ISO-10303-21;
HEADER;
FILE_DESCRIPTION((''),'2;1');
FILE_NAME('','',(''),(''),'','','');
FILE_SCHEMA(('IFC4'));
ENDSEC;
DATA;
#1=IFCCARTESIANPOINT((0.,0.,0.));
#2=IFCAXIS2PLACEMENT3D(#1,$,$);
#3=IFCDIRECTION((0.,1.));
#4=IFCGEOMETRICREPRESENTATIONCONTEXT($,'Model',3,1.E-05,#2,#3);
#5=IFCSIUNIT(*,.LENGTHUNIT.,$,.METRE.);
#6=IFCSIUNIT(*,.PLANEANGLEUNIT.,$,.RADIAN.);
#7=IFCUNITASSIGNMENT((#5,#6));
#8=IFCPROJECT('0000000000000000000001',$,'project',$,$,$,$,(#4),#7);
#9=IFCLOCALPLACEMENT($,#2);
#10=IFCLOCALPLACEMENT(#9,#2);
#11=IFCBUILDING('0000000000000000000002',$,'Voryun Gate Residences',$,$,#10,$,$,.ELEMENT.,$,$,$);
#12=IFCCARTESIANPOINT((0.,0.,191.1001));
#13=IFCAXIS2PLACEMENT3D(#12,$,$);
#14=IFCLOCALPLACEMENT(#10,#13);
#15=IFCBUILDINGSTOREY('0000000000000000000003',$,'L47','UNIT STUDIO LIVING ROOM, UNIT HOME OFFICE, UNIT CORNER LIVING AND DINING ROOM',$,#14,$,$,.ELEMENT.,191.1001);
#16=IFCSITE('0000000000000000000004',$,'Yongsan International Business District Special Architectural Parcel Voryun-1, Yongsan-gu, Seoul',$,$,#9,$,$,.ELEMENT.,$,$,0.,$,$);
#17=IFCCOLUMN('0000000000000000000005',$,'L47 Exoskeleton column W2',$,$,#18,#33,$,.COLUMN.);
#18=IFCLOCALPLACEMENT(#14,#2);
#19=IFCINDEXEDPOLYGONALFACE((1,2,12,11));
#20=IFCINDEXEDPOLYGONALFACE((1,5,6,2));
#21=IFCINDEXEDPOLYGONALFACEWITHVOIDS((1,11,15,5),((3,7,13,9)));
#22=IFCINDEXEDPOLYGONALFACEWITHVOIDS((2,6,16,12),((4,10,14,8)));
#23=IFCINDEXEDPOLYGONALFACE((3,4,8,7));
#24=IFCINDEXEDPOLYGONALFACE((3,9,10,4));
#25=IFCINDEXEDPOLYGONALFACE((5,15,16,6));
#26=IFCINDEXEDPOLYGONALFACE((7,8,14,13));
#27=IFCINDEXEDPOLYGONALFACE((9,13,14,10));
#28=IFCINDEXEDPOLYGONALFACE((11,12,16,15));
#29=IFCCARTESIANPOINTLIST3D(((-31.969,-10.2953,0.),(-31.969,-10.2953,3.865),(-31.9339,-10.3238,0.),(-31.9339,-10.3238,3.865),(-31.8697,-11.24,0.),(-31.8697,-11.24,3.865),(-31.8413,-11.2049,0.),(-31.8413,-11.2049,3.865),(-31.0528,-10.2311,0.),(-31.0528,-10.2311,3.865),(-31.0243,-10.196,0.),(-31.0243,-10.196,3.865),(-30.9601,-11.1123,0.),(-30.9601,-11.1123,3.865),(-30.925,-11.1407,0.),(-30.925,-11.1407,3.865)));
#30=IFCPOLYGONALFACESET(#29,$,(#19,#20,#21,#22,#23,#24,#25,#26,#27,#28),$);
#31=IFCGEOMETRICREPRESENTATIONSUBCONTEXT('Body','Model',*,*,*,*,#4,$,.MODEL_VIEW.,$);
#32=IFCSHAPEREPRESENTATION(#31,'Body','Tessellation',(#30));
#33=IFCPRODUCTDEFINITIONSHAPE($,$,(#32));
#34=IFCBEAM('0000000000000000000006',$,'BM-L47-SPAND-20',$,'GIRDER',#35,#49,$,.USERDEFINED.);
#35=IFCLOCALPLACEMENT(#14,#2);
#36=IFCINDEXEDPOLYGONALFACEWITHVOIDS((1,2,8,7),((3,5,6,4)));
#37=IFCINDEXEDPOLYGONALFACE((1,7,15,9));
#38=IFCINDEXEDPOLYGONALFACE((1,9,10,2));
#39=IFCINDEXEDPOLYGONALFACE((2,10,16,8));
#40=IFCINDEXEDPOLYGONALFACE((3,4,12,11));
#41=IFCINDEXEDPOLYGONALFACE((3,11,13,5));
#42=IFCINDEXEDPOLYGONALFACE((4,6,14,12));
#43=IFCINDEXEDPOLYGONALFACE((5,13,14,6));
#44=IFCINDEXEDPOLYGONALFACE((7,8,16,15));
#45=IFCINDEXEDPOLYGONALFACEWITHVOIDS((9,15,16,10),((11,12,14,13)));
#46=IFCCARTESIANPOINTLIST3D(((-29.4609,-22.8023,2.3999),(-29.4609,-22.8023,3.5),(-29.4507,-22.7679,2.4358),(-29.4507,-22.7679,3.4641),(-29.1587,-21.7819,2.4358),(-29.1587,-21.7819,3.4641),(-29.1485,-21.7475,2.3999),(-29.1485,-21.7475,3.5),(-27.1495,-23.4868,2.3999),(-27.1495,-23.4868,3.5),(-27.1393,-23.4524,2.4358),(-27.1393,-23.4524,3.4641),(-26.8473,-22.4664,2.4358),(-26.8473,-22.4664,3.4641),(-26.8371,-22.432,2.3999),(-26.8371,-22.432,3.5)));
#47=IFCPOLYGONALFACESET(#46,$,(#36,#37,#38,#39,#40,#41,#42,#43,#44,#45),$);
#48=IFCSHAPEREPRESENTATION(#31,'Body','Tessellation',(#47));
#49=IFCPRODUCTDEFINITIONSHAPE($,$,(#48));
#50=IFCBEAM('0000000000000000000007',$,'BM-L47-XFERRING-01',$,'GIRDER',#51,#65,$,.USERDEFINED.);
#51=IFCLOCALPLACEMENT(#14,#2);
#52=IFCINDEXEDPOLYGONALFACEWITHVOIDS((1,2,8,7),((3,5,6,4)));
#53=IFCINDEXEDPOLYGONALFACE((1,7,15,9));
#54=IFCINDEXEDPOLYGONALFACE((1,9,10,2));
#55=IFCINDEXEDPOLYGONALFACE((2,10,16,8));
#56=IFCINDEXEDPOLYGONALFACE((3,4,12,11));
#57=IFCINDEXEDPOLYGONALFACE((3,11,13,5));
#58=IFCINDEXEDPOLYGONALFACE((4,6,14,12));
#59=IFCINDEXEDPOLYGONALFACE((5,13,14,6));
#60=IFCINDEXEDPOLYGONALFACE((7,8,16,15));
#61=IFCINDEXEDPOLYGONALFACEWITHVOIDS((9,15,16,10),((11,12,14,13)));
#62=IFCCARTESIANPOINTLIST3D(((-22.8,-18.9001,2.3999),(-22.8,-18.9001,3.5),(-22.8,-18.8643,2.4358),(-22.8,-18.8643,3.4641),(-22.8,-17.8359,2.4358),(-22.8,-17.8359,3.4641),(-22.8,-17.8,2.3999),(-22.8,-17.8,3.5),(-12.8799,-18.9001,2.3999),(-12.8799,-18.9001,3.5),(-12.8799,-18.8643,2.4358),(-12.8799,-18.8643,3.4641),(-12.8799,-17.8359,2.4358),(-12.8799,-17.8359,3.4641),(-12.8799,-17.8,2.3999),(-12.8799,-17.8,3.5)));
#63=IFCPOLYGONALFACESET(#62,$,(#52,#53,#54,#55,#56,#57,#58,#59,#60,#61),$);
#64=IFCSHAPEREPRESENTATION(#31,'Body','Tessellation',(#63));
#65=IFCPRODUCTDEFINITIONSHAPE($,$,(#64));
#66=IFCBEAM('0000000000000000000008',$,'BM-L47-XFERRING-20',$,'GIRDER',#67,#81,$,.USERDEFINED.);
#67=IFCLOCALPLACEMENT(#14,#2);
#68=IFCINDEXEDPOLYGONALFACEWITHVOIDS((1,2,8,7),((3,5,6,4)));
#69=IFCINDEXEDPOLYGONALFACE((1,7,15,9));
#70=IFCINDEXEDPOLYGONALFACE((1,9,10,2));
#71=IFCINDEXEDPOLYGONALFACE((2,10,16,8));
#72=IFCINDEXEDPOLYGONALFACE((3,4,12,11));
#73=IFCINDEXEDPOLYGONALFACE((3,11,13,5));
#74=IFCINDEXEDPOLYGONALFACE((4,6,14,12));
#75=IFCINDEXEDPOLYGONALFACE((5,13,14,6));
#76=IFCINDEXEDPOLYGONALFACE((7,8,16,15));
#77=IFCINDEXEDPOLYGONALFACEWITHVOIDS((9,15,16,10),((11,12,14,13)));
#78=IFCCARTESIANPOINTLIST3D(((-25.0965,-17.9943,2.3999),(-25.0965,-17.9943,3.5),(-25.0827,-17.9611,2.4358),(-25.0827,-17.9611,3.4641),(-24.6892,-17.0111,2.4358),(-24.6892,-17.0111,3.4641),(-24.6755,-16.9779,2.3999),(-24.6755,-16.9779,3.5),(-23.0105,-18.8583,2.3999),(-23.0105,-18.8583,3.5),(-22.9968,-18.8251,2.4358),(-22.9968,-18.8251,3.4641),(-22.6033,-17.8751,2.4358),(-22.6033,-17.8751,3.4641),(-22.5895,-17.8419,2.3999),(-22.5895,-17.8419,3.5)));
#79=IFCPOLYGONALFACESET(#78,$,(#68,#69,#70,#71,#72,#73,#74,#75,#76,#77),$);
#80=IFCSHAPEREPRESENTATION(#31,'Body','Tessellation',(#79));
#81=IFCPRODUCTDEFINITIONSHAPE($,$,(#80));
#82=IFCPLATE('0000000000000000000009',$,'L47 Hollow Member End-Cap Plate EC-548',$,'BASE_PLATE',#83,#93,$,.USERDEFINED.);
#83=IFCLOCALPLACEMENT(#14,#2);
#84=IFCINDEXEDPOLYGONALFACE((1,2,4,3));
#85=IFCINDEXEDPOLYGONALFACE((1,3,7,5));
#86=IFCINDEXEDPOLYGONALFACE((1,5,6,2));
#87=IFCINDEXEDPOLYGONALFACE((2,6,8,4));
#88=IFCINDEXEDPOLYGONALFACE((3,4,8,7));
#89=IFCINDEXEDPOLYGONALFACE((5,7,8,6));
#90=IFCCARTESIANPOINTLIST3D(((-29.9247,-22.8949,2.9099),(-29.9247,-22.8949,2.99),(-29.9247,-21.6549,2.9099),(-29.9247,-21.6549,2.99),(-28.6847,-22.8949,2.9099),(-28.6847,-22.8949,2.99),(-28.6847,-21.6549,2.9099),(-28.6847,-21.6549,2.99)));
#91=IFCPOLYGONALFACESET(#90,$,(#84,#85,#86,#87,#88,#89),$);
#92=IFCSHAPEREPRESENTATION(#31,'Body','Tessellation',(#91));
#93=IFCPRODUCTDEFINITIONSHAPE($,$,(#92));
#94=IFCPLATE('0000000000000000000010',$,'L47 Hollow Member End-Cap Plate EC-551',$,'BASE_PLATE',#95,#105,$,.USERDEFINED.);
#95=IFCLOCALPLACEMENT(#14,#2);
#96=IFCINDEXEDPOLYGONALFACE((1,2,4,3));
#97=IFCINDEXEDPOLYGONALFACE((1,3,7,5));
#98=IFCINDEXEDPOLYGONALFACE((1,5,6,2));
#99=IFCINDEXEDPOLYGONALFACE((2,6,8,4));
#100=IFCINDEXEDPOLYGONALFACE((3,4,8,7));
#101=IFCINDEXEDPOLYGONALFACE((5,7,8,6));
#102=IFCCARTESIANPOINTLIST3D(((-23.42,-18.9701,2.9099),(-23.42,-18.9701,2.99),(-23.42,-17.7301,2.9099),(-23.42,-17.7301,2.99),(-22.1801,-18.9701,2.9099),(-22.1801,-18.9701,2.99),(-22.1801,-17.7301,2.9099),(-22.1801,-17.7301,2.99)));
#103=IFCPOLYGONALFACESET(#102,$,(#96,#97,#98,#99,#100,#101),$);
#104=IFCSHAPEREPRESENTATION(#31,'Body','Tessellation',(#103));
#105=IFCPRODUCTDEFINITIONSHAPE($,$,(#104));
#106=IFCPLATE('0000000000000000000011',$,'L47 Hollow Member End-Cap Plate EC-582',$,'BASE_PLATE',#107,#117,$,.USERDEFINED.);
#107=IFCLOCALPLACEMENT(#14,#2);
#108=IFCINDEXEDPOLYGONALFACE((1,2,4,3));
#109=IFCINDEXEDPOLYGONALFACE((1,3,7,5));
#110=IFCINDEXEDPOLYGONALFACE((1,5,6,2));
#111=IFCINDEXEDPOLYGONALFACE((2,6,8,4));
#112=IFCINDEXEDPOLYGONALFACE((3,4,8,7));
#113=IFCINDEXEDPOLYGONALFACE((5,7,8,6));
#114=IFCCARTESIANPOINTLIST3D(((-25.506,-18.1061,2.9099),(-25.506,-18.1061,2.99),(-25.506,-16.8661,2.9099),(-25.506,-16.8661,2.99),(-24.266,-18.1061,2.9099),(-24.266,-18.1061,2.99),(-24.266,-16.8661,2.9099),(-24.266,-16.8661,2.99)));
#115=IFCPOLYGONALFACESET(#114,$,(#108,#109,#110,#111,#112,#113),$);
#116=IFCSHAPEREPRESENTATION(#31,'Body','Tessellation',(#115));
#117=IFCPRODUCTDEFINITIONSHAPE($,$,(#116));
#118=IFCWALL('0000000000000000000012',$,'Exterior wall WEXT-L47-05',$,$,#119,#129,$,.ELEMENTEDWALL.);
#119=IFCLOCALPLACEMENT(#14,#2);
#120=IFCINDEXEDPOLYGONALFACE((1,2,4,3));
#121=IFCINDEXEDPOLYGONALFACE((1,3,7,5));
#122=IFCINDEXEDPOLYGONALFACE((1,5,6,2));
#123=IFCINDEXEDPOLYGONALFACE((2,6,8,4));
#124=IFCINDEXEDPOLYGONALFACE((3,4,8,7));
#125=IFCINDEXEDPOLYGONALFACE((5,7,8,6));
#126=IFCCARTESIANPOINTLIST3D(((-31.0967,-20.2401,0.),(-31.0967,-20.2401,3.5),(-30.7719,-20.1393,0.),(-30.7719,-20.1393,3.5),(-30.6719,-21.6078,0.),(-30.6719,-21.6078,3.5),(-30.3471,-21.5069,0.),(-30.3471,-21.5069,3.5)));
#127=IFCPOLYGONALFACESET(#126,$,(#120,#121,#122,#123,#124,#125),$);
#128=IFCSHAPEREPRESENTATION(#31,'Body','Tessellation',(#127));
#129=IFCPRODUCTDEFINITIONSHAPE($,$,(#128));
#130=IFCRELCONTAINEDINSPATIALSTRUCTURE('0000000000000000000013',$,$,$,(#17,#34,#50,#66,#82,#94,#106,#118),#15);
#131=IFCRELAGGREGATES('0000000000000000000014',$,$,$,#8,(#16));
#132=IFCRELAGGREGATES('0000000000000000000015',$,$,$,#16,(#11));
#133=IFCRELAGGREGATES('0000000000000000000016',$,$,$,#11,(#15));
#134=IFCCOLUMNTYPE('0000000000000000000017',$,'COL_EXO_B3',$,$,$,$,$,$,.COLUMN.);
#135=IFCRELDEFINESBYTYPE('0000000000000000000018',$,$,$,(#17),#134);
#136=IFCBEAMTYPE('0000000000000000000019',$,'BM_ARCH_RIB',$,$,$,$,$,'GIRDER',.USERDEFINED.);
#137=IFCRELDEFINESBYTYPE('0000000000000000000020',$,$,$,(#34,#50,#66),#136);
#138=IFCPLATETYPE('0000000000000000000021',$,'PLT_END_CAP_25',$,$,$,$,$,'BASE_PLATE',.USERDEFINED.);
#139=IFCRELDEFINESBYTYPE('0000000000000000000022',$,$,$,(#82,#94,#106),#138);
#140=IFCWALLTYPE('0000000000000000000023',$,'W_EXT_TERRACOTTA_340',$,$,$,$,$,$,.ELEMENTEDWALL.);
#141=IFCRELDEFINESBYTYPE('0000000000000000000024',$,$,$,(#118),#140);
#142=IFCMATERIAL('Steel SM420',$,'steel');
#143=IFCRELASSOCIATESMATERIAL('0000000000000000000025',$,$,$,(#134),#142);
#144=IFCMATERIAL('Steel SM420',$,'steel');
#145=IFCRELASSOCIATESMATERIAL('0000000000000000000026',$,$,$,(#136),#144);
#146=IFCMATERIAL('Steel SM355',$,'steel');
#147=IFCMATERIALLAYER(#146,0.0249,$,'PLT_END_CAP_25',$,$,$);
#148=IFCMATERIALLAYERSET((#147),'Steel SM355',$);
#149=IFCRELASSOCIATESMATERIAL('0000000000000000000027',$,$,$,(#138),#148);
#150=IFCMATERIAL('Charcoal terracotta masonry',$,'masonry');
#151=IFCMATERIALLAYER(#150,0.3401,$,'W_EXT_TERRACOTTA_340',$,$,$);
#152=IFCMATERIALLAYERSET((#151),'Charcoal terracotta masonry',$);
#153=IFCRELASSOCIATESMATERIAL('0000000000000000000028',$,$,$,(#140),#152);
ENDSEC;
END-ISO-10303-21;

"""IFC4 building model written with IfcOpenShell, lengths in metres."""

from ifc_helpers import new_model, si_unit, direction, frame, frame_2d, origin, origin_2d, place, context, subcontext, project, spatial, rectangle, hollow_rectangle, extrude, material, layer, layer_set, material_profile, profile_set, type_object, element, save


model = new_model("IFC4")

# Units and contexts
model_context = context("Model", 3, precision=1e-05, world=origin(), true_north=direction((0.0, 1.0)))
body_context = subcontext(model_context, "Body", "Model", "MODEL_VIEW")
ifc_project = project(units=[si_unit("LENGTHUNIT", "METRE"), si_unit("PLANEANGLEUNIT", "RADIAN")], contexts=[model_context])

# Site, building, storey
site_placement = place(None, origin())
site = spatial("IfcSite", under=ifc_project, at=site_placement, Name="Yongsan International Business District Special Architectural Parcel Voryun-1, Yongsan-gu, Seoul", CompositionType="ELEMENT", RefElevation=0.0)
building_placement = place(site_placement, origin())
building = spatial("IfcBuilding", under=site, at=building_placement, Name="Voryun Gate Residences", CompositionType="ELEMENT")
storey_placement = place(building_placement, frame((0.0, 0.0, 191.1001)))
storey = spatial("IfcBuildingStorey", under=building, at=storey_placement, Name="L47", Description="UNIT STUDIO LIVING ROOM, UNIT HOME OFFICE, UNIT CORNER LIVING AND DINING ROOM", CompositionType="ELEMENT", Elevation=191.1001)

# Column
ifc_material_1 = material(Name="Steel SM420", Category="steel")
ifc_material_profile_1 = material_profile(ifc_material_1, hollow_rectangle(XDim=0.95, YDim=0.95, WallThickness=0.032, at=origin_2d()), Name="BOX-950x950x32")
ifc_profile_set_1 = profile_set([ifc_material_profile_1], Name="Steel SM420")
column_type = type_object("IfcColumnType", Name="COL_EXO_B3", PredefinedType="COLUMN", material=ifc_profile_set_1)
column_placement = place(storey_placement, frame((-31.447, -10.718, 0.0), z_axis=(0.0, 0.0, 1.0), x_axis=(0.994522, 0.104528, 0.0)))
element("IfcColumn", 1, at=column_placement, inside=storey, type_object=column_type, Name="L47 Exoskeleton column W2", PredefinedType="COLUMN", context=body_context, shape_type="SweptSolid", body=[
    extrude(hollow_rectangle(XDim=0.95, YDim=0.95, WallThickness=0.032, at=origin_2d()), origin(), (0.0, 0.0, 1.0), 3.865),
])

# Beams
ifc_material_2 = material(Name="Steel SM420", Category="steel")
ifc_material_profile_2 = material_profile(ifc_material_2, hollow_rectangle(XDim=1.1001, YDim=1.1001, WallThickness=0.0359, at=origin_2d()), Name="BOX-1100x1100x36")
ifc_profile_set_2 = profile_set([ifc_material_profile_2], Name="Steel SM420")
beam_type = type_object("IfcBeamType", Name="BM_ARCH_RIB", ElementType="GIRDER", PredefinedType="USERDEFINED", material=ifc_profile_set_2)
beam_1_placement = place(storey_placement, frame((-29.3047, -22.2749, 2.95), z_axis=(0.958835, -0.283964, 0.0), x_axis=(0.283964, 0.958835, 0.0)))
element("IfcBeam", 2, at=beam_1_placement, inside=storey, type_object=beam_type, Name="BM-L47-SPAND-20", ObjectType="GIRDER", PredefinedType="USERDEFINED", context=body_context, shape_type="SweptSolid", body=[
    extrude(hollow_rectangle(XDim=1.1001, YDim=1.1001, WallThickness=0.0359, at=origin_2d()), origin(), (0.0, 0.0, 1.0), 2.4106),
])
beam_2_placement = place(storey_placement, frame((-22.8, -18.3501, 2.95), z_axis=(1.0, 0.0, 0.0), x_axis=(0.0, 1.0, 0.0)))
element("IfcBeam", 3, at=beam_2_placement, inside=storey, type_object=beam_type, Name="BM-L47-XFERRING-01", ObjectType="GIRDER", PredefinedType="USERDEFINED", context=body_context, shape_type="SweptSolid", body=[
    extrude(hollow_rectangle(XDim=1.1001, YDim=1.1001, WallThickness=0.0359, at=origin_2d()), origin(), (0.0, 0.0, 1.0), 9.9202),
])
beam_3_placement = place(storey_placement, frame((-24.886, -17.4861, 2.95), z_axis=(0.923881, -0.38268, 0.0), x_axis=(0.38268, 0.923881, 0.0)))
element("IfcBeam", 4, at=beam_3_placement, inside=storey, type_object=beam_type, Name="BM-L47-XFERRING-20", ObjectType="GIRDER", PredefinedType="USERDEFINED", context=body_context, shape_type="SweptSolid", body=[
    extrude(hollow_rectangle(XDim=1.1001, YDim=1.1001, WallThickness=0.0359, at=origin_2d()), origin(), (0.0, 0.0, 1.0), 2.2578),
])

# Plates
ifc_material_3 = material(Name="Steel SM355", Category="steel")
ifc_layer_1 = layer(ifc_material_3, 0.0249, Name="PLT_END_CAP_25")
ifc_layer_set_1 = layer_set([ifc_layer_1], Name="Steel SM355")
plate_type = type_object("IfcPlateType", Name="PLT_END_CAP_25", ElementType="BASE_PLATE", PredefinedType="USERDEFINED", material=ifc_layer_set_1)
for number, where, z_axis, x_axis, name in (
    (5, (-29.3047, -22.2749, 2.9099), (0.0, 0.0, 1.0), (1.0, 0.0, 0.0), "L47 Hollow Member End-Cap Plate EC-548"),
    (6, (-22.8, -18.3501, 2.9099), (0.0, 0.0, 1.0), (1.0, 0.0, 0.0), "L47 Hollow Member End-Cap Plate EC-551"),
    (7, (-24.886, -17.4861, 2.9099), (0.0, 0.0, 1.0), (1.0, 0.0, 0.0), "L47 Hollow Member End-Cap Plate EC-582"),
):
    element("IfcPlate", number, at=place(storey_placement, frame(where, z_axis=z_axis, x_axis=x_axis)), inside=storey, type_object=plate_type, Name=name, ObjectType="BASE_PLATE", PredefinedType="USERDEFINED", context=body_context, shape_type="SweptSolid", body=[
        extrude(rectangle(XDim=1.24, YDim=1.24, at=origin_2d()), origin(), (0.0, 0.0, 1.0), 0.0801),
    ])

# Wall
ifc_material_4 = material(Name="Charcoal terracotta masonry", Category="masonry")
ifc_layer_2 = layer(ifc_material_4, 0.3401, Name="W_EXT_TERRACOTTA_340")
ifc_layer_set_2 = layer_set([ifc_layer_2], Name="Charcoal terracotta masonry")
wall_type_1 = type_object("IfcWallType", Name="W_EXT_TERRACOTTA_340", PredefinedType="ELEMENTEDWALL", material=ifc_layer_set_2)
wall_1_placement = place(storey_placement, frame((-30.5095, -21.5574, 0.0), z_axis=(0.0, 0.0, 1.0), x_axis=(-0.296624, 0.954994, 0.0)))
element("IfcWall", 8, at=wall_1_placement, inside=storey, type_object=wall_type_1, Name="Exterior wall WEXT-L47-05", PredefinedType="ELEMENTEDWALL", context=body_context, shape_type="SweptSolid", body=[
    extrude(rectangle(XDim=1.4321, YDim=0.3401, at=frame_2d((0.7161, 0.0))), origin(), (0.0, 0.0, 1.0), 3.5),
])

save(model, "model.ifc")
